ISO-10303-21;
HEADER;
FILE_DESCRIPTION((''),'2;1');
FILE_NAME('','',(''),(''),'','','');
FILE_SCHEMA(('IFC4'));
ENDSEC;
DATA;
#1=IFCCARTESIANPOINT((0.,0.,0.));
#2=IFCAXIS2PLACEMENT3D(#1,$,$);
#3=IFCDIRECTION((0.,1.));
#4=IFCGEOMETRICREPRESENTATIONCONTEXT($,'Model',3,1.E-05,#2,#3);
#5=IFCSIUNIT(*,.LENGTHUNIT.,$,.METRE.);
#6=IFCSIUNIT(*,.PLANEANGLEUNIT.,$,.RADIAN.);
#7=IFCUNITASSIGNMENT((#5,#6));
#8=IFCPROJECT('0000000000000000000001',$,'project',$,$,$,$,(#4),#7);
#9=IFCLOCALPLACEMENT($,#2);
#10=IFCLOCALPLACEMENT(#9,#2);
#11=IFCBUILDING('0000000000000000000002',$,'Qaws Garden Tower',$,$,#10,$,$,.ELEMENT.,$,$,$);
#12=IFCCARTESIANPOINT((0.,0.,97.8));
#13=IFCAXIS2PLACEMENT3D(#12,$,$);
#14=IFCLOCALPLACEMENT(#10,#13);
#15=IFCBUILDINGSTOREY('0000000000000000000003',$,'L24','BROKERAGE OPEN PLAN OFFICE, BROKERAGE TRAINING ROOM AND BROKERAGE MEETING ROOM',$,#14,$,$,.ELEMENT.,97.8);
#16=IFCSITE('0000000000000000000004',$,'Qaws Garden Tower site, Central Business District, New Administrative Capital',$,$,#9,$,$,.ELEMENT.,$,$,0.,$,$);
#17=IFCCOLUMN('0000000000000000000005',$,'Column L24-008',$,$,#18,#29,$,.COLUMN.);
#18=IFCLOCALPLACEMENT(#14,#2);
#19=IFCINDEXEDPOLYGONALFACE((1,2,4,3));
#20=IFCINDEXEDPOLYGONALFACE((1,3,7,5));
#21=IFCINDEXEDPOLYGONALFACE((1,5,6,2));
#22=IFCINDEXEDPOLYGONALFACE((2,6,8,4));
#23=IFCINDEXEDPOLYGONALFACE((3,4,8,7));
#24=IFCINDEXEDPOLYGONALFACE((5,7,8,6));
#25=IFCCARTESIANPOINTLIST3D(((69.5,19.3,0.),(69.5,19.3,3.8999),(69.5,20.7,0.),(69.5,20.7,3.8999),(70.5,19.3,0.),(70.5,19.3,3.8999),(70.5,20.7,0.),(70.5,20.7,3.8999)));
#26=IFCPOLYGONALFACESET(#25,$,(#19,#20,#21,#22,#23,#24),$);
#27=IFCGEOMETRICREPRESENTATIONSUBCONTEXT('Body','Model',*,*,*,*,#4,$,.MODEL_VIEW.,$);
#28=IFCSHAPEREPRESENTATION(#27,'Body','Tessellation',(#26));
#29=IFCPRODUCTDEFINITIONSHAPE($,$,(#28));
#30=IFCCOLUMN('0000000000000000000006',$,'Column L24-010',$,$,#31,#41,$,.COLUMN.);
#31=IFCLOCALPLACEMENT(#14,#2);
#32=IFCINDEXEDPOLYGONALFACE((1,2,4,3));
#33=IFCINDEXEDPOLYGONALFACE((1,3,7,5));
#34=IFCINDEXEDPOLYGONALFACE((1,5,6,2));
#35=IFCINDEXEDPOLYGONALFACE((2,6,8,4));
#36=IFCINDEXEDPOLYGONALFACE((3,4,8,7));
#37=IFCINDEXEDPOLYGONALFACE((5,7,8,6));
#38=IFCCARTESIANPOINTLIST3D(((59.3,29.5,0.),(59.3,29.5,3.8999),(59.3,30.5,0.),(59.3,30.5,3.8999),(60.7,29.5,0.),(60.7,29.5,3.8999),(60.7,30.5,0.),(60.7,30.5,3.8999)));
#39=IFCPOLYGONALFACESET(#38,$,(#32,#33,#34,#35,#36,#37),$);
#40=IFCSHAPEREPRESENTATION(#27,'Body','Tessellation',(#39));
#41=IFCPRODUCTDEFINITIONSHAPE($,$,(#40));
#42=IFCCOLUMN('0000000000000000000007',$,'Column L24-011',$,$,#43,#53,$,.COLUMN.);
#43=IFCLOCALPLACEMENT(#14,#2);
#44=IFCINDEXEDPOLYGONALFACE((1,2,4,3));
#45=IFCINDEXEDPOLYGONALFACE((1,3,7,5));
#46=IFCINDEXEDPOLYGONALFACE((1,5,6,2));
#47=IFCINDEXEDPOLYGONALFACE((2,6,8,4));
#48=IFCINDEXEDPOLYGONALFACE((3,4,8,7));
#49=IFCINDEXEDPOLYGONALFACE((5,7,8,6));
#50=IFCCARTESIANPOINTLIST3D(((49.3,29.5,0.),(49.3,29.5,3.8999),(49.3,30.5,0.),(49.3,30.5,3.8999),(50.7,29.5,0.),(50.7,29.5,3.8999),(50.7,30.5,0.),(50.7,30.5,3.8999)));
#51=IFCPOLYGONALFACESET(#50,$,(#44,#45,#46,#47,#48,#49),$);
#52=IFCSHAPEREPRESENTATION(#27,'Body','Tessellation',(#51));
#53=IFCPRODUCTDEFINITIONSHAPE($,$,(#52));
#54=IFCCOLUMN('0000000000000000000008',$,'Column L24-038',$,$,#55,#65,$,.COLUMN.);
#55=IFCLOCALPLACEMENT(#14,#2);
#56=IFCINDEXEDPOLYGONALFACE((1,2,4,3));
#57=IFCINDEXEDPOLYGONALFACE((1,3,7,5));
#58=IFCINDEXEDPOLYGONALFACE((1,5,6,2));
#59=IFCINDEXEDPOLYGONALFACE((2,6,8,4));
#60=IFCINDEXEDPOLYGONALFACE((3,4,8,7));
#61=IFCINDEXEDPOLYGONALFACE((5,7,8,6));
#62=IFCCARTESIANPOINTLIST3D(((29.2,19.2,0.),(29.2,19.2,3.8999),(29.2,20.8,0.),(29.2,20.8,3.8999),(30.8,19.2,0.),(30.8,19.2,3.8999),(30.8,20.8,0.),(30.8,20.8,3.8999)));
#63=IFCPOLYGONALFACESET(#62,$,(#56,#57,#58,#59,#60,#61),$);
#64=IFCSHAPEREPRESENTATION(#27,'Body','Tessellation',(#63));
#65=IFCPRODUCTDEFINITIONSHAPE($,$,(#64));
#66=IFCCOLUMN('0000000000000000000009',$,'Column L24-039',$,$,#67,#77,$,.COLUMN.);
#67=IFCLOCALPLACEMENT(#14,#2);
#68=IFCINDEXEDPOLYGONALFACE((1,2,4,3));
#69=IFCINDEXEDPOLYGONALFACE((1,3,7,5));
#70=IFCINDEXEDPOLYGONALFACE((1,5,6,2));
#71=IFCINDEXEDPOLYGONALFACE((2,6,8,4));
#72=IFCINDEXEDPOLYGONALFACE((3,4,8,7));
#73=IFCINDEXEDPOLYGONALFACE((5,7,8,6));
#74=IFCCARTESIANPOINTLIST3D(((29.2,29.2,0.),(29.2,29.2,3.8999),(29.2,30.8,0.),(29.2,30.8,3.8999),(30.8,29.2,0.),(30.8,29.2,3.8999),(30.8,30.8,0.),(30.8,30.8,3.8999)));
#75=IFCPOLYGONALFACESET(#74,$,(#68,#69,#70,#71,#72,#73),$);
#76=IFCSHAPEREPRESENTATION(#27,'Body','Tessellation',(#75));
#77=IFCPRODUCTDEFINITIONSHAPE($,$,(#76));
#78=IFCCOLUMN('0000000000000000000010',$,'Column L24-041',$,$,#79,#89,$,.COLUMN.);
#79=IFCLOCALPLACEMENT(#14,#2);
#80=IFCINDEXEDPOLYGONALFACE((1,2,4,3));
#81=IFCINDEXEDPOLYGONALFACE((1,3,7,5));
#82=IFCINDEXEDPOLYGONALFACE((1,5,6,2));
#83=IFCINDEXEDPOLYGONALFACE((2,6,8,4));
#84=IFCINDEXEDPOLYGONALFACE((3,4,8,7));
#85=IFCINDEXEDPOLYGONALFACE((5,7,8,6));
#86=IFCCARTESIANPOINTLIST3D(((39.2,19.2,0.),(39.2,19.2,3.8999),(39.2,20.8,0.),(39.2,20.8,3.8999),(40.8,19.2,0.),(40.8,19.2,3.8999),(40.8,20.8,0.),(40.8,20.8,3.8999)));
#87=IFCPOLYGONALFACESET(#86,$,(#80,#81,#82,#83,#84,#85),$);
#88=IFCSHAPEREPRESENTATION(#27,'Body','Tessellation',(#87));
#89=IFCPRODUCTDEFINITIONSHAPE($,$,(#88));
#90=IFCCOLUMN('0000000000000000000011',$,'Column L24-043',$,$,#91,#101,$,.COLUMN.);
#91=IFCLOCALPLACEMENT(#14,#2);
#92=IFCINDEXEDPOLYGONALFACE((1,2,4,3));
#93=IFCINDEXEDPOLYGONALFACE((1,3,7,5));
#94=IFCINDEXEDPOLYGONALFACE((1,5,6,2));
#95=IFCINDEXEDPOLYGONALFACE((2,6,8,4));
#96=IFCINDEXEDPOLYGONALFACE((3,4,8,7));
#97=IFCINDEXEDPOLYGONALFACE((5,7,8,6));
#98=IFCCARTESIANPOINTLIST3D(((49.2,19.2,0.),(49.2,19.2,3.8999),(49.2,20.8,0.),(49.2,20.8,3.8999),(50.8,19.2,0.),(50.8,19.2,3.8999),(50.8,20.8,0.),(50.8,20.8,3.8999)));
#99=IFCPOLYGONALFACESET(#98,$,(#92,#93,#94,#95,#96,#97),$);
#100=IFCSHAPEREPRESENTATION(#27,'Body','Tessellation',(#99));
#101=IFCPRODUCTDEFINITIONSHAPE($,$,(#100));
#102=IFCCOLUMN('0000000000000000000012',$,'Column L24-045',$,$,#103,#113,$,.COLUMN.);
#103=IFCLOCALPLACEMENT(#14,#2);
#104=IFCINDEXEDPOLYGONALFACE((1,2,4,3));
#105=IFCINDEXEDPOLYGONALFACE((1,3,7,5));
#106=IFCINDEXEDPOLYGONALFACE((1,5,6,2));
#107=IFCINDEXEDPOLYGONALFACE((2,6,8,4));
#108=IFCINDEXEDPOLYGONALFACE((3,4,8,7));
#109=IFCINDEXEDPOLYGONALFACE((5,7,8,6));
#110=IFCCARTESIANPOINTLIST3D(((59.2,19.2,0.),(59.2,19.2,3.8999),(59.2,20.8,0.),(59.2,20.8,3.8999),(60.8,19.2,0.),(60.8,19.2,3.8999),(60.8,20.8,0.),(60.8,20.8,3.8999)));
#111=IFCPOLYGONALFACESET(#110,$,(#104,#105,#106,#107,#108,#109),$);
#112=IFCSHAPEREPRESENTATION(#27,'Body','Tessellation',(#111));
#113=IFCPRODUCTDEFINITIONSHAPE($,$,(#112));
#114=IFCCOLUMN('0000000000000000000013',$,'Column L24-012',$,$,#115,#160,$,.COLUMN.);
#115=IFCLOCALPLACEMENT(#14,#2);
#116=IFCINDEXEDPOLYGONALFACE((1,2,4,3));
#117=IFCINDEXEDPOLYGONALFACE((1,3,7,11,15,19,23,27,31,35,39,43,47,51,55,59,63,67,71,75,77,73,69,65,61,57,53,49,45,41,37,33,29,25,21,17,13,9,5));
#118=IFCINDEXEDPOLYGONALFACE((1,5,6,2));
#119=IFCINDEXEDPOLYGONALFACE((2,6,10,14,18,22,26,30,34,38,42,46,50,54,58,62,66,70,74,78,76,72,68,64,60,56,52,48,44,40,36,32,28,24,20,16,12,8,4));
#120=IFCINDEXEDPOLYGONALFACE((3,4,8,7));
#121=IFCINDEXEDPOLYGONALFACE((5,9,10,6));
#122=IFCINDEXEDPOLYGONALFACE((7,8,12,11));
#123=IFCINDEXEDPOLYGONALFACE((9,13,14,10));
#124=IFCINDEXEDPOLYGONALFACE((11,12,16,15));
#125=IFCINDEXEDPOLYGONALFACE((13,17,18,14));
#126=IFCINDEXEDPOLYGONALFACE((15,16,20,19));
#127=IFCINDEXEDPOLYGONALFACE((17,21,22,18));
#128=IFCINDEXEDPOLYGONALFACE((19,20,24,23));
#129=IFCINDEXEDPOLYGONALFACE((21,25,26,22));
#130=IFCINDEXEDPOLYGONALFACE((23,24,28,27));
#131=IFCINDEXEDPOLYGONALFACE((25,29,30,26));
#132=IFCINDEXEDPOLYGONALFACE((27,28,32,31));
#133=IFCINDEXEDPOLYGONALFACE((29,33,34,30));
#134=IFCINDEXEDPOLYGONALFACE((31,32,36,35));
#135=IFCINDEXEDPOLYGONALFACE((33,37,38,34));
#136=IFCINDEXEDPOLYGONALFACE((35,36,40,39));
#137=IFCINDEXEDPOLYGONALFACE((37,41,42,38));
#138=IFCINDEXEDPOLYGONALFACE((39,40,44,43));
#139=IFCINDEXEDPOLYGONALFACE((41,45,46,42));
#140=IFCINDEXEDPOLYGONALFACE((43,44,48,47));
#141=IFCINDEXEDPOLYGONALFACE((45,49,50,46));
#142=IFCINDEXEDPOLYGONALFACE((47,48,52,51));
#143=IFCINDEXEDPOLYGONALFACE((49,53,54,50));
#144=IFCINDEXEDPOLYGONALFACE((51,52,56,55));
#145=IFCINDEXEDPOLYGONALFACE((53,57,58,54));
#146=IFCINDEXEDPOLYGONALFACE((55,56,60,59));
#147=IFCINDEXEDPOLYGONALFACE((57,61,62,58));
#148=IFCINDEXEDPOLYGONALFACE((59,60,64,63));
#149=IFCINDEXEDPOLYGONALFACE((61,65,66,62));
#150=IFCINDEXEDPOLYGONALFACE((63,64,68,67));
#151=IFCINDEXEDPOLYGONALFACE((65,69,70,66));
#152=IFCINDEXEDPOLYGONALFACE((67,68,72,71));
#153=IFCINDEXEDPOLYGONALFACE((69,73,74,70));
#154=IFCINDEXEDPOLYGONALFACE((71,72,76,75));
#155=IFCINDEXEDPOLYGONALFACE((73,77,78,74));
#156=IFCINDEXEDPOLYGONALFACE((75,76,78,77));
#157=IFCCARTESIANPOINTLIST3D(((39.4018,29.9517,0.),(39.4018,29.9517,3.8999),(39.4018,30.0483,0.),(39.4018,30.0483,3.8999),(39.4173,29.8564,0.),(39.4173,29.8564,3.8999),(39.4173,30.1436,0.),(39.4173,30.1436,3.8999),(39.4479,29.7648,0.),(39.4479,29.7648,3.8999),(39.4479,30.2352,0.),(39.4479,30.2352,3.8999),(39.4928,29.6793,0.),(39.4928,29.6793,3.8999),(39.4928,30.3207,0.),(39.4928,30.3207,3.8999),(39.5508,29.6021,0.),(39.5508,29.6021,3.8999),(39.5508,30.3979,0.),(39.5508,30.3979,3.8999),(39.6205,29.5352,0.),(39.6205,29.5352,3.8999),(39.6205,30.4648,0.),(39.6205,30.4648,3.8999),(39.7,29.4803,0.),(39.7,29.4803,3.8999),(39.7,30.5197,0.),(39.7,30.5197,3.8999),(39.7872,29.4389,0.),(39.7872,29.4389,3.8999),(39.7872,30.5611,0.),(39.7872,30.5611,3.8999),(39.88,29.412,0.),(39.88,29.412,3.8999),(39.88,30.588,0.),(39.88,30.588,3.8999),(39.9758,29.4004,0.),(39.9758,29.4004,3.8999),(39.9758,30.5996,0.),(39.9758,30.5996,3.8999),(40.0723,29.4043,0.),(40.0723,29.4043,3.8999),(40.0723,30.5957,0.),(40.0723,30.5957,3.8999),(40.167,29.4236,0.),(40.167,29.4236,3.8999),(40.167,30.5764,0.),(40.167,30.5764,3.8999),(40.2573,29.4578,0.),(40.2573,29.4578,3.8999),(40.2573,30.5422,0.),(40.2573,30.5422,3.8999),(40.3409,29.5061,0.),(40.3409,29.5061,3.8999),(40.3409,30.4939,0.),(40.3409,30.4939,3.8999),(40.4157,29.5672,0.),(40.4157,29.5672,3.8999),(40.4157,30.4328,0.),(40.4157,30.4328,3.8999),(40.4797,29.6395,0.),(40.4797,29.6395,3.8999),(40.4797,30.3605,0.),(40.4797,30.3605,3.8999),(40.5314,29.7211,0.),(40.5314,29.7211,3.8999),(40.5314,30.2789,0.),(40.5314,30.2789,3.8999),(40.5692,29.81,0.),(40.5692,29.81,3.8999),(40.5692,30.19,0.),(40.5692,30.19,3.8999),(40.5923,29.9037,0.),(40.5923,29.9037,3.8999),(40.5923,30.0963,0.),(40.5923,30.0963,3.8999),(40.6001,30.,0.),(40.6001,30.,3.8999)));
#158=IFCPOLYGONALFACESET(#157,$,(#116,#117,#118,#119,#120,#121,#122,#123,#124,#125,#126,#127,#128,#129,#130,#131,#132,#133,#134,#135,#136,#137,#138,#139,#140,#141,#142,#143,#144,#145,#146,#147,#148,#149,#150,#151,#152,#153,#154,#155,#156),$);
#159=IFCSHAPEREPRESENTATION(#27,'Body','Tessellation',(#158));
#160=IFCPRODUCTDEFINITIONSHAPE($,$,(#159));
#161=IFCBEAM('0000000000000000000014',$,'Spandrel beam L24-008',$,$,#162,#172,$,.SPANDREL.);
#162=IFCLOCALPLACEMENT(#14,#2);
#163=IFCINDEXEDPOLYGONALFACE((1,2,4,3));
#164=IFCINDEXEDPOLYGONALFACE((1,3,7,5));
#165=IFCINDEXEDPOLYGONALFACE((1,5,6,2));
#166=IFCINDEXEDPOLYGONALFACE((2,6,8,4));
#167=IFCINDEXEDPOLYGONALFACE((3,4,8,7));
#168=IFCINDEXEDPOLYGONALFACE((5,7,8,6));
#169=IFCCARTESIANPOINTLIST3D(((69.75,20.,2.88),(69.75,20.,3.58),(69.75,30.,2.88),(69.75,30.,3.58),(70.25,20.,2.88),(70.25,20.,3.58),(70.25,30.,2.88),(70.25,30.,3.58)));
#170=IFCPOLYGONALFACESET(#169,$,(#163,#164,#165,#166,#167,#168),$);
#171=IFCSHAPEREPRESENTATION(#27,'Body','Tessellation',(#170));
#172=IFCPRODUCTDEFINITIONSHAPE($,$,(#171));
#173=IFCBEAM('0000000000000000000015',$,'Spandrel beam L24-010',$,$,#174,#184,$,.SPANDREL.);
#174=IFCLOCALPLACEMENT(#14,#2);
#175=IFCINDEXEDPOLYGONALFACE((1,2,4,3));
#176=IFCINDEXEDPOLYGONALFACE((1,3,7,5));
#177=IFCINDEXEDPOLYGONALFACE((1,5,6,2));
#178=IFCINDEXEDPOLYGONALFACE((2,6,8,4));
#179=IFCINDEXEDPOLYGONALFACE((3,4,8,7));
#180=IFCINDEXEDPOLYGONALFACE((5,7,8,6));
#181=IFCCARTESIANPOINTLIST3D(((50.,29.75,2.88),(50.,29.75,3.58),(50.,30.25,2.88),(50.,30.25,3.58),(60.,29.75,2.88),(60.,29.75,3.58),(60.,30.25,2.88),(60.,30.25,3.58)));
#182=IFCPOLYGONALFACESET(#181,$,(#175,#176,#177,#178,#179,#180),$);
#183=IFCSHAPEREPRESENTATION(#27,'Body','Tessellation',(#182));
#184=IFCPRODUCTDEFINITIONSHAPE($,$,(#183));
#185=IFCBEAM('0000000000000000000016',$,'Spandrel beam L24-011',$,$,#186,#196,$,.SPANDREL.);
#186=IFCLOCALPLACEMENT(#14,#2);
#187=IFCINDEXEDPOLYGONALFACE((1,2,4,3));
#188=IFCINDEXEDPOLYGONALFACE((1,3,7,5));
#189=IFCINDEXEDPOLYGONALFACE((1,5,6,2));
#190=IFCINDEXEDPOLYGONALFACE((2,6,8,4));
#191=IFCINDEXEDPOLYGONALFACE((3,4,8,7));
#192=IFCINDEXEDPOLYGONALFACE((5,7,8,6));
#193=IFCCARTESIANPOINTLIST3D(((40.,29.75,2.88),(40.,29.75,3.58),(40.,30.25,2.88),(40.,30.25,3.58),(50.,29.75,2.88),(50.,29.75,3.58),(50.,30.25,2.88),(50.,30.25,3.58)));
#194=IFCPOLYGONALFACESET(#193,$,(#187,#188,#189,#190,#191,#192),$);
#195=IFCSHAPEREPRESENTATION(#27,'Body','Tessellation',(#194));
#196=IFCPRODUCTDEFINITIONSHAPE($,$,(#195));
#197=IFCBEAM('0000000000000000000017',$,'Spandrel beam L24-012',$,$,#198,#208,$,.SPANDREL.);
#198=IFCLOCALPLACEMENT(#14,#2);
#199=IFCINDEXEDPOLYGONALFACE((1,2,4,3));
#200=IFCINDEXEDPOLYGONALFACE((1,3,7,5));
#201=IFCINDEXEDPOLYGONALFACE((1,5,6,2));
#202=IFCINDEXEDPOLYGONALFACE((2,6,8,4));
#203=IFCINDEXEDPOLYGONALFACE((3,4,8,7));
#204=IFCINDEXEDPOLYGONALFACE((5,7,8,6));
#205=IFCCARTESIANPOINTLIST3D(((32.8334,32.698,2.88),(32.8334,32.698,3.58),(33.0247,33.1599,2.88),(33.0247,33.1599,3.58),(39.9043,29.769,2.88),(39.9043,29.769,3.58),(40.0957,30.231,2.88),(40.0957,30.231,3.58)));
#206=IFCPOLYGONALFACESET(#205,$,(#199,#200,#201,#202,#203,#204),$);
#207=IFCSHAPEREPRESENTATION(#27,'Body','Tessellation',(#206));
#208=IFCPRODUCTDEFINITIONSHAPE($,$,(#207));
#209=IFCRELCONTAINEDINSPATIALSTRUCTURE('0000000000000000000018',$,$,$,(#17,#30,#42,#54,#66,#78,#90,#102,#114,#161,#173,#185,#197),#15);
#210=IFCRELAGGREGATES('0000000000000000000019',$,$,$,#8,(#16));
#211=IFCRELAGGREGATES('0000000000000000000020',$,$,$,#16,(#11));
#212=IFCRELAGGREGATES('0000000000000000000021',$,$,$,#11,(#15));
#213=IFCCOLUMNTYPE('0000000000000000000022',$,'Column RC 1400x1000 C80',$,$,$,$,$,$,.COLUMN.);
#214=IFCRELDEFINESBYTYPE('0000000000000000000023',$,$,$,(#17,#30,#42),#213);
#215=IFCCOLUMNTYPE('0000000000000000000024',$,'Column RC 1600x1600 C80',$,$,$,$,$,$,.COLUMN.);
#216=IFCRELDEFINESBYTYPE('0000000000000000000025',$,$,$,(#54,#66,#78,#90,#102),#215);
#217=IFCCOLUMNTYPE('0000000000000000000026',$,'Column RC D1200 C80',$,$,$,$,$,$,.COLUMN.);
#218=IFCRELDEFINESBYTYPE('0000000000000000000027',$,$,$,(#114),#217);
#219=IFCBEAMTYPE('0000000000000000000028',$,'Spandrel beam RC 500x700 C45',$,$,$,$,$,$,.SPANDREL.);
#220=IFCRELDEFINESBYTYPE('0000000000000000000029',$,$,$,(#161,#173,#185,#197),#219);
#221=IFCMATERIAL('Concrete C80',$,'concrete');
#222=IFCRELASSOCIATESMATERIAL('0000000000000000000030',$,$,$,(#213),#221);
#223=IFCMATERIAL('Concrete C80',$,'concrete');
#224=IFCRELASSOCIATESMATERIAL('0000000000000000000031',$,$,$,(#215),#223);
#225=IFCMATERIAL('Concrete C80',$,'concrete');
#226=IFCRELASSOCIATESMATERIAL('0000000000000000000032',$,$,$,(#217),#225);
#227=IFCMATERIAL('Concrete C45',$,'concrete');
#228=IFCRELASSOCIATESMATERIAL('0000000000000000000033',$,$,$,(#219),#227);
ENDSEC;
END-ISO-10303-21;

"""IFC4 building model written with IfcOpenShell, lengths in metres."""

from ifc_helpers import new_model, si_unit, direction, frame, origin, origin_2d, place, context, subcontext, project, spatial, rectangle, circle, extrude, material, material_profile, profile_set, type_object, element, save


model = new_model("IFC4")

# Units and contexts
model_context = context("Model", 3, precision=1e-05, world=origin(), true_north=direction((0.0, 1.0)))
body_context = subcontext(model_context, "Body", "Model", "MODEL_VIEW")
ifc_project = project(units=[si_unit("LENGTHUNIT", "METRE"), si_unit("PLANEANGLEUNIT", "RADIAN")], contexts=[model_context])

# Site, building, storey
site_placement = place(None, origin())
site = spatial("IfcSite", under=ifc_project, at=site_placement, Name="Qaws Garden Tower site, Central Business District, New Administrative Capital", CompositionType="ELEMENT", RefElevation=0.0)
building_placement = place(site_placement, origin())
building = spatial("IfcBuilding", under=site, at=building_placement, Name="Qaws Garden Tower", CompositionType="ELEMENT")
storey_placement = place(building_placement, frame((0.0, 0.0, 97.8)))
storey = spatial("IfcBuildingStorey", under=building, at=storey_placement, Name="L24", Description="BROKERAGE OPEN PLAN OFFICE, BROKERAGE TRAINING ROOM AND BROKERAGE MEETING ROOM", CompositionType="ELEMENT", Elevation=97.8)

# Columns
ifc_material_1 = material(Name="Concrete C80", Category="concrete")
ifc_material_profile_1 = material_profile(ifc_material_1, rectangle(XDim=1.3999, YDim=1.0, at=origin_2d()), Name="RC 1400x1000")
ifc_profile_set_1 = profile_set([ifc_material_profile_1], Name="Concrete C80")
column_type_1 = type_object("IfcColumnType", Name="Column RC 1400x1000 C80", PredefinedType="COLUMN", material=ifc_profile_set_1)
for number, where, z_axis, x_axis, name in (
    (1, (70.0, 20.0, 0.0), (0.0, 0.0, 1.0), (0.0, 1.0, 0.0), "Column L24-008"),
    (2, (60.0, 30.0, 0.0), (0.0, 0.0, 1.0), (1.0, 0.0, 0.0), "Column L24-010"),
    (3, (50.0, 30.0, 0.0), (0.0, 0.0, 1.0), (1.0, 0.0, 0.0), "Column L24-011"),
):
    element("IfcColumn", number, at=place(storey_placement, frame(where, z_axis=z_axis, x_axis=x_axis)), inside=storey, type_object=column_type_1, Name=name, PredefinedType="COLUMN", context=body_context, shape_type="SweptSolid", body=[
        extrude(rectangle(XDim=1.3999, YDim=1.0, at=origin_2d()), origin(), (0.0, 0.0, 1.0), 3.8999),
    ])
ifc_material_2 = material(Name="Concrete C80", Category="concrete")
ifc_material_profile_2 = material_profile(ifc_material_2, rectangle(XDim=1.6001, YDim=1.6001, at=origin_2d()), Name="RC 1600x1600")
ifc_profile_set_2 = profile_set([ifc_material_profile_2], Name="Concrete C80")
column_type_2 = type_object("IfcColumnType", Name="Column RC 1600x1600 C80", PredefinedType="COLUMN", material=ifc_profile_set_2)
for number, where, z_axis, x_axis, name in (
    (4, (30.0, 20.0, 0.0), (0.0, 0.0, 1.0), (1.0, 0.0, 0.0), "Column L24-038"),
    (5, (30.0, 30.0, 0.0), (0.0, 0.0, 1.0), (1.0, 0.0, 0.0), "Column L24-039"),
    (6, (40.0, 20.0, 0.0), (0.0, 0.0, 1.0), (1.0, 0.0, 0.0), "Column L24-041"),
    (7, (50.0, 20.0, 0.0), (0.0, 0.0, 1.0), (1.0, 0.0, 0.0), "Column L24-043"),
    (8, (60.0, 20.0, 0.0), (0.0, 0.0, 1.0), (1.0, 0.0, 0.0), "Column L24-045"),
):
    element("IfcColumn", number, at=place(storey_placement, frame(where, z_axis=z_axis, x_axis=x_axis)), inside=storey, type_object=column_type_2, Name=name, PredefinedType="COLUMN", context=body_context, shape_type="SweptSolid", body=[
        extrude(rectangle(XDim=1.6001, YDim=1.6001, at=origin_2d()), origin(), (0.0, 0.0, 1.0), 3.8999),
    ])
ifc_material_3 = material(Name="Concrete C80", Category="concrete")
ifc_material_profile_3 = material_profile(ifc_material_3, circle(Radius=0.6001, at=origin_2d()), Name="RC D1200")
ifc_profile_set_3 = profile_set([ifc_material_profile_3], Name="Concrete C80")
column_type_3 = type_object("IfcColumnType", Name="Column RC D1200 C80", PredefinedType="COLUMN", material=ifc_profile_set_3)
column_placement = place(storey_placement, frame((40.0, 30.0, 0.0), z_axis=(0.0, 0.0, 1.0), x_axis=(1.0, 0.0, 0.0)))
element("IfcColumn", 9, at=column_placement, inside=storey, type_object=column_type_3, Name="Column L24-012", PredefinedType="COLUMN", context=body_context, shape_type="SweptSolid", body=[
    extrude(circle(Radius=0.6001, at=origin_2d()), origin(), (0.0, 0.0, 1.0), 3.8999),
])

# Beams
ifc_material_4 = material(Name="Concrete C45", Category="concrete")
ifc_material_profile_4 = material_profile(ifc_material_4, rectangle(XDim=0.5, YDim=0.7, at=origin_2d()), Name="RC 500x700")
ifc_profile_set_4 = profile_set([ifc_material_profile_4], Name="Concrete C45")
beam_type = type_object("IfcBeamType", Name="Spandrel beam RC 500x700 C45", PredefinedType="SPANDREL", material=ifc_profile_set_4)
for number, where, z_axis, x_axis, name in (
    (10, (70.0, 20.0, 3.23), (0.0, 1.0, 0.0), (-1.0, 0.0, 0.0), "Spandrel beam L24-008"),
    (11, (60.0, 30.0, 3.23), (-1.0, 0.0, 0.0), (0.0, -1.0, 0.0), "Spandrel beam L24-010"),
    (12, (50.0, 30.0, 3.23), (-1.0, 0.0, 0.0), (0.0, -1.0, 0.0), "Spandrel beam L24-011"),
):
    element("IfcBeam", number, at=place(storey_placement, frame(where, z_axis=z_axis, x_axis=x_axis)), inside=storey, type_object=beam_type, Name=name, PredefinedType="SPANDREL", context=body_context, shape_type="SweptSolid", body=[
        extrude(rectangle(XDim=0.5, YDim=0.7, at=origin_2d()), origin(), (0.0, 0.0, 1.0), 10.0),
    ])
beam_placement = place(storey_placement, frame((40.0, 30.0, 3.23), z_axis=(-0.923878, 0.382687, 0.0), x_axis=(-0.382687, -0.923878, 0.0)))
element("IfcBeam", 13, at=beam_placement, inside=storey, type_object=beam_type, Name="Spandrel beam L24-012", PredefinedType="SPANDREL", context=body_context, shape_type="SweptSolid", body=[
    extrude(rectangle(XDim=0.5, YDim=0.7, at=origin_2d()), origin(), (0.0, 0.0, 1.0), 7.6536),
])

save(model, "model.ifc")
